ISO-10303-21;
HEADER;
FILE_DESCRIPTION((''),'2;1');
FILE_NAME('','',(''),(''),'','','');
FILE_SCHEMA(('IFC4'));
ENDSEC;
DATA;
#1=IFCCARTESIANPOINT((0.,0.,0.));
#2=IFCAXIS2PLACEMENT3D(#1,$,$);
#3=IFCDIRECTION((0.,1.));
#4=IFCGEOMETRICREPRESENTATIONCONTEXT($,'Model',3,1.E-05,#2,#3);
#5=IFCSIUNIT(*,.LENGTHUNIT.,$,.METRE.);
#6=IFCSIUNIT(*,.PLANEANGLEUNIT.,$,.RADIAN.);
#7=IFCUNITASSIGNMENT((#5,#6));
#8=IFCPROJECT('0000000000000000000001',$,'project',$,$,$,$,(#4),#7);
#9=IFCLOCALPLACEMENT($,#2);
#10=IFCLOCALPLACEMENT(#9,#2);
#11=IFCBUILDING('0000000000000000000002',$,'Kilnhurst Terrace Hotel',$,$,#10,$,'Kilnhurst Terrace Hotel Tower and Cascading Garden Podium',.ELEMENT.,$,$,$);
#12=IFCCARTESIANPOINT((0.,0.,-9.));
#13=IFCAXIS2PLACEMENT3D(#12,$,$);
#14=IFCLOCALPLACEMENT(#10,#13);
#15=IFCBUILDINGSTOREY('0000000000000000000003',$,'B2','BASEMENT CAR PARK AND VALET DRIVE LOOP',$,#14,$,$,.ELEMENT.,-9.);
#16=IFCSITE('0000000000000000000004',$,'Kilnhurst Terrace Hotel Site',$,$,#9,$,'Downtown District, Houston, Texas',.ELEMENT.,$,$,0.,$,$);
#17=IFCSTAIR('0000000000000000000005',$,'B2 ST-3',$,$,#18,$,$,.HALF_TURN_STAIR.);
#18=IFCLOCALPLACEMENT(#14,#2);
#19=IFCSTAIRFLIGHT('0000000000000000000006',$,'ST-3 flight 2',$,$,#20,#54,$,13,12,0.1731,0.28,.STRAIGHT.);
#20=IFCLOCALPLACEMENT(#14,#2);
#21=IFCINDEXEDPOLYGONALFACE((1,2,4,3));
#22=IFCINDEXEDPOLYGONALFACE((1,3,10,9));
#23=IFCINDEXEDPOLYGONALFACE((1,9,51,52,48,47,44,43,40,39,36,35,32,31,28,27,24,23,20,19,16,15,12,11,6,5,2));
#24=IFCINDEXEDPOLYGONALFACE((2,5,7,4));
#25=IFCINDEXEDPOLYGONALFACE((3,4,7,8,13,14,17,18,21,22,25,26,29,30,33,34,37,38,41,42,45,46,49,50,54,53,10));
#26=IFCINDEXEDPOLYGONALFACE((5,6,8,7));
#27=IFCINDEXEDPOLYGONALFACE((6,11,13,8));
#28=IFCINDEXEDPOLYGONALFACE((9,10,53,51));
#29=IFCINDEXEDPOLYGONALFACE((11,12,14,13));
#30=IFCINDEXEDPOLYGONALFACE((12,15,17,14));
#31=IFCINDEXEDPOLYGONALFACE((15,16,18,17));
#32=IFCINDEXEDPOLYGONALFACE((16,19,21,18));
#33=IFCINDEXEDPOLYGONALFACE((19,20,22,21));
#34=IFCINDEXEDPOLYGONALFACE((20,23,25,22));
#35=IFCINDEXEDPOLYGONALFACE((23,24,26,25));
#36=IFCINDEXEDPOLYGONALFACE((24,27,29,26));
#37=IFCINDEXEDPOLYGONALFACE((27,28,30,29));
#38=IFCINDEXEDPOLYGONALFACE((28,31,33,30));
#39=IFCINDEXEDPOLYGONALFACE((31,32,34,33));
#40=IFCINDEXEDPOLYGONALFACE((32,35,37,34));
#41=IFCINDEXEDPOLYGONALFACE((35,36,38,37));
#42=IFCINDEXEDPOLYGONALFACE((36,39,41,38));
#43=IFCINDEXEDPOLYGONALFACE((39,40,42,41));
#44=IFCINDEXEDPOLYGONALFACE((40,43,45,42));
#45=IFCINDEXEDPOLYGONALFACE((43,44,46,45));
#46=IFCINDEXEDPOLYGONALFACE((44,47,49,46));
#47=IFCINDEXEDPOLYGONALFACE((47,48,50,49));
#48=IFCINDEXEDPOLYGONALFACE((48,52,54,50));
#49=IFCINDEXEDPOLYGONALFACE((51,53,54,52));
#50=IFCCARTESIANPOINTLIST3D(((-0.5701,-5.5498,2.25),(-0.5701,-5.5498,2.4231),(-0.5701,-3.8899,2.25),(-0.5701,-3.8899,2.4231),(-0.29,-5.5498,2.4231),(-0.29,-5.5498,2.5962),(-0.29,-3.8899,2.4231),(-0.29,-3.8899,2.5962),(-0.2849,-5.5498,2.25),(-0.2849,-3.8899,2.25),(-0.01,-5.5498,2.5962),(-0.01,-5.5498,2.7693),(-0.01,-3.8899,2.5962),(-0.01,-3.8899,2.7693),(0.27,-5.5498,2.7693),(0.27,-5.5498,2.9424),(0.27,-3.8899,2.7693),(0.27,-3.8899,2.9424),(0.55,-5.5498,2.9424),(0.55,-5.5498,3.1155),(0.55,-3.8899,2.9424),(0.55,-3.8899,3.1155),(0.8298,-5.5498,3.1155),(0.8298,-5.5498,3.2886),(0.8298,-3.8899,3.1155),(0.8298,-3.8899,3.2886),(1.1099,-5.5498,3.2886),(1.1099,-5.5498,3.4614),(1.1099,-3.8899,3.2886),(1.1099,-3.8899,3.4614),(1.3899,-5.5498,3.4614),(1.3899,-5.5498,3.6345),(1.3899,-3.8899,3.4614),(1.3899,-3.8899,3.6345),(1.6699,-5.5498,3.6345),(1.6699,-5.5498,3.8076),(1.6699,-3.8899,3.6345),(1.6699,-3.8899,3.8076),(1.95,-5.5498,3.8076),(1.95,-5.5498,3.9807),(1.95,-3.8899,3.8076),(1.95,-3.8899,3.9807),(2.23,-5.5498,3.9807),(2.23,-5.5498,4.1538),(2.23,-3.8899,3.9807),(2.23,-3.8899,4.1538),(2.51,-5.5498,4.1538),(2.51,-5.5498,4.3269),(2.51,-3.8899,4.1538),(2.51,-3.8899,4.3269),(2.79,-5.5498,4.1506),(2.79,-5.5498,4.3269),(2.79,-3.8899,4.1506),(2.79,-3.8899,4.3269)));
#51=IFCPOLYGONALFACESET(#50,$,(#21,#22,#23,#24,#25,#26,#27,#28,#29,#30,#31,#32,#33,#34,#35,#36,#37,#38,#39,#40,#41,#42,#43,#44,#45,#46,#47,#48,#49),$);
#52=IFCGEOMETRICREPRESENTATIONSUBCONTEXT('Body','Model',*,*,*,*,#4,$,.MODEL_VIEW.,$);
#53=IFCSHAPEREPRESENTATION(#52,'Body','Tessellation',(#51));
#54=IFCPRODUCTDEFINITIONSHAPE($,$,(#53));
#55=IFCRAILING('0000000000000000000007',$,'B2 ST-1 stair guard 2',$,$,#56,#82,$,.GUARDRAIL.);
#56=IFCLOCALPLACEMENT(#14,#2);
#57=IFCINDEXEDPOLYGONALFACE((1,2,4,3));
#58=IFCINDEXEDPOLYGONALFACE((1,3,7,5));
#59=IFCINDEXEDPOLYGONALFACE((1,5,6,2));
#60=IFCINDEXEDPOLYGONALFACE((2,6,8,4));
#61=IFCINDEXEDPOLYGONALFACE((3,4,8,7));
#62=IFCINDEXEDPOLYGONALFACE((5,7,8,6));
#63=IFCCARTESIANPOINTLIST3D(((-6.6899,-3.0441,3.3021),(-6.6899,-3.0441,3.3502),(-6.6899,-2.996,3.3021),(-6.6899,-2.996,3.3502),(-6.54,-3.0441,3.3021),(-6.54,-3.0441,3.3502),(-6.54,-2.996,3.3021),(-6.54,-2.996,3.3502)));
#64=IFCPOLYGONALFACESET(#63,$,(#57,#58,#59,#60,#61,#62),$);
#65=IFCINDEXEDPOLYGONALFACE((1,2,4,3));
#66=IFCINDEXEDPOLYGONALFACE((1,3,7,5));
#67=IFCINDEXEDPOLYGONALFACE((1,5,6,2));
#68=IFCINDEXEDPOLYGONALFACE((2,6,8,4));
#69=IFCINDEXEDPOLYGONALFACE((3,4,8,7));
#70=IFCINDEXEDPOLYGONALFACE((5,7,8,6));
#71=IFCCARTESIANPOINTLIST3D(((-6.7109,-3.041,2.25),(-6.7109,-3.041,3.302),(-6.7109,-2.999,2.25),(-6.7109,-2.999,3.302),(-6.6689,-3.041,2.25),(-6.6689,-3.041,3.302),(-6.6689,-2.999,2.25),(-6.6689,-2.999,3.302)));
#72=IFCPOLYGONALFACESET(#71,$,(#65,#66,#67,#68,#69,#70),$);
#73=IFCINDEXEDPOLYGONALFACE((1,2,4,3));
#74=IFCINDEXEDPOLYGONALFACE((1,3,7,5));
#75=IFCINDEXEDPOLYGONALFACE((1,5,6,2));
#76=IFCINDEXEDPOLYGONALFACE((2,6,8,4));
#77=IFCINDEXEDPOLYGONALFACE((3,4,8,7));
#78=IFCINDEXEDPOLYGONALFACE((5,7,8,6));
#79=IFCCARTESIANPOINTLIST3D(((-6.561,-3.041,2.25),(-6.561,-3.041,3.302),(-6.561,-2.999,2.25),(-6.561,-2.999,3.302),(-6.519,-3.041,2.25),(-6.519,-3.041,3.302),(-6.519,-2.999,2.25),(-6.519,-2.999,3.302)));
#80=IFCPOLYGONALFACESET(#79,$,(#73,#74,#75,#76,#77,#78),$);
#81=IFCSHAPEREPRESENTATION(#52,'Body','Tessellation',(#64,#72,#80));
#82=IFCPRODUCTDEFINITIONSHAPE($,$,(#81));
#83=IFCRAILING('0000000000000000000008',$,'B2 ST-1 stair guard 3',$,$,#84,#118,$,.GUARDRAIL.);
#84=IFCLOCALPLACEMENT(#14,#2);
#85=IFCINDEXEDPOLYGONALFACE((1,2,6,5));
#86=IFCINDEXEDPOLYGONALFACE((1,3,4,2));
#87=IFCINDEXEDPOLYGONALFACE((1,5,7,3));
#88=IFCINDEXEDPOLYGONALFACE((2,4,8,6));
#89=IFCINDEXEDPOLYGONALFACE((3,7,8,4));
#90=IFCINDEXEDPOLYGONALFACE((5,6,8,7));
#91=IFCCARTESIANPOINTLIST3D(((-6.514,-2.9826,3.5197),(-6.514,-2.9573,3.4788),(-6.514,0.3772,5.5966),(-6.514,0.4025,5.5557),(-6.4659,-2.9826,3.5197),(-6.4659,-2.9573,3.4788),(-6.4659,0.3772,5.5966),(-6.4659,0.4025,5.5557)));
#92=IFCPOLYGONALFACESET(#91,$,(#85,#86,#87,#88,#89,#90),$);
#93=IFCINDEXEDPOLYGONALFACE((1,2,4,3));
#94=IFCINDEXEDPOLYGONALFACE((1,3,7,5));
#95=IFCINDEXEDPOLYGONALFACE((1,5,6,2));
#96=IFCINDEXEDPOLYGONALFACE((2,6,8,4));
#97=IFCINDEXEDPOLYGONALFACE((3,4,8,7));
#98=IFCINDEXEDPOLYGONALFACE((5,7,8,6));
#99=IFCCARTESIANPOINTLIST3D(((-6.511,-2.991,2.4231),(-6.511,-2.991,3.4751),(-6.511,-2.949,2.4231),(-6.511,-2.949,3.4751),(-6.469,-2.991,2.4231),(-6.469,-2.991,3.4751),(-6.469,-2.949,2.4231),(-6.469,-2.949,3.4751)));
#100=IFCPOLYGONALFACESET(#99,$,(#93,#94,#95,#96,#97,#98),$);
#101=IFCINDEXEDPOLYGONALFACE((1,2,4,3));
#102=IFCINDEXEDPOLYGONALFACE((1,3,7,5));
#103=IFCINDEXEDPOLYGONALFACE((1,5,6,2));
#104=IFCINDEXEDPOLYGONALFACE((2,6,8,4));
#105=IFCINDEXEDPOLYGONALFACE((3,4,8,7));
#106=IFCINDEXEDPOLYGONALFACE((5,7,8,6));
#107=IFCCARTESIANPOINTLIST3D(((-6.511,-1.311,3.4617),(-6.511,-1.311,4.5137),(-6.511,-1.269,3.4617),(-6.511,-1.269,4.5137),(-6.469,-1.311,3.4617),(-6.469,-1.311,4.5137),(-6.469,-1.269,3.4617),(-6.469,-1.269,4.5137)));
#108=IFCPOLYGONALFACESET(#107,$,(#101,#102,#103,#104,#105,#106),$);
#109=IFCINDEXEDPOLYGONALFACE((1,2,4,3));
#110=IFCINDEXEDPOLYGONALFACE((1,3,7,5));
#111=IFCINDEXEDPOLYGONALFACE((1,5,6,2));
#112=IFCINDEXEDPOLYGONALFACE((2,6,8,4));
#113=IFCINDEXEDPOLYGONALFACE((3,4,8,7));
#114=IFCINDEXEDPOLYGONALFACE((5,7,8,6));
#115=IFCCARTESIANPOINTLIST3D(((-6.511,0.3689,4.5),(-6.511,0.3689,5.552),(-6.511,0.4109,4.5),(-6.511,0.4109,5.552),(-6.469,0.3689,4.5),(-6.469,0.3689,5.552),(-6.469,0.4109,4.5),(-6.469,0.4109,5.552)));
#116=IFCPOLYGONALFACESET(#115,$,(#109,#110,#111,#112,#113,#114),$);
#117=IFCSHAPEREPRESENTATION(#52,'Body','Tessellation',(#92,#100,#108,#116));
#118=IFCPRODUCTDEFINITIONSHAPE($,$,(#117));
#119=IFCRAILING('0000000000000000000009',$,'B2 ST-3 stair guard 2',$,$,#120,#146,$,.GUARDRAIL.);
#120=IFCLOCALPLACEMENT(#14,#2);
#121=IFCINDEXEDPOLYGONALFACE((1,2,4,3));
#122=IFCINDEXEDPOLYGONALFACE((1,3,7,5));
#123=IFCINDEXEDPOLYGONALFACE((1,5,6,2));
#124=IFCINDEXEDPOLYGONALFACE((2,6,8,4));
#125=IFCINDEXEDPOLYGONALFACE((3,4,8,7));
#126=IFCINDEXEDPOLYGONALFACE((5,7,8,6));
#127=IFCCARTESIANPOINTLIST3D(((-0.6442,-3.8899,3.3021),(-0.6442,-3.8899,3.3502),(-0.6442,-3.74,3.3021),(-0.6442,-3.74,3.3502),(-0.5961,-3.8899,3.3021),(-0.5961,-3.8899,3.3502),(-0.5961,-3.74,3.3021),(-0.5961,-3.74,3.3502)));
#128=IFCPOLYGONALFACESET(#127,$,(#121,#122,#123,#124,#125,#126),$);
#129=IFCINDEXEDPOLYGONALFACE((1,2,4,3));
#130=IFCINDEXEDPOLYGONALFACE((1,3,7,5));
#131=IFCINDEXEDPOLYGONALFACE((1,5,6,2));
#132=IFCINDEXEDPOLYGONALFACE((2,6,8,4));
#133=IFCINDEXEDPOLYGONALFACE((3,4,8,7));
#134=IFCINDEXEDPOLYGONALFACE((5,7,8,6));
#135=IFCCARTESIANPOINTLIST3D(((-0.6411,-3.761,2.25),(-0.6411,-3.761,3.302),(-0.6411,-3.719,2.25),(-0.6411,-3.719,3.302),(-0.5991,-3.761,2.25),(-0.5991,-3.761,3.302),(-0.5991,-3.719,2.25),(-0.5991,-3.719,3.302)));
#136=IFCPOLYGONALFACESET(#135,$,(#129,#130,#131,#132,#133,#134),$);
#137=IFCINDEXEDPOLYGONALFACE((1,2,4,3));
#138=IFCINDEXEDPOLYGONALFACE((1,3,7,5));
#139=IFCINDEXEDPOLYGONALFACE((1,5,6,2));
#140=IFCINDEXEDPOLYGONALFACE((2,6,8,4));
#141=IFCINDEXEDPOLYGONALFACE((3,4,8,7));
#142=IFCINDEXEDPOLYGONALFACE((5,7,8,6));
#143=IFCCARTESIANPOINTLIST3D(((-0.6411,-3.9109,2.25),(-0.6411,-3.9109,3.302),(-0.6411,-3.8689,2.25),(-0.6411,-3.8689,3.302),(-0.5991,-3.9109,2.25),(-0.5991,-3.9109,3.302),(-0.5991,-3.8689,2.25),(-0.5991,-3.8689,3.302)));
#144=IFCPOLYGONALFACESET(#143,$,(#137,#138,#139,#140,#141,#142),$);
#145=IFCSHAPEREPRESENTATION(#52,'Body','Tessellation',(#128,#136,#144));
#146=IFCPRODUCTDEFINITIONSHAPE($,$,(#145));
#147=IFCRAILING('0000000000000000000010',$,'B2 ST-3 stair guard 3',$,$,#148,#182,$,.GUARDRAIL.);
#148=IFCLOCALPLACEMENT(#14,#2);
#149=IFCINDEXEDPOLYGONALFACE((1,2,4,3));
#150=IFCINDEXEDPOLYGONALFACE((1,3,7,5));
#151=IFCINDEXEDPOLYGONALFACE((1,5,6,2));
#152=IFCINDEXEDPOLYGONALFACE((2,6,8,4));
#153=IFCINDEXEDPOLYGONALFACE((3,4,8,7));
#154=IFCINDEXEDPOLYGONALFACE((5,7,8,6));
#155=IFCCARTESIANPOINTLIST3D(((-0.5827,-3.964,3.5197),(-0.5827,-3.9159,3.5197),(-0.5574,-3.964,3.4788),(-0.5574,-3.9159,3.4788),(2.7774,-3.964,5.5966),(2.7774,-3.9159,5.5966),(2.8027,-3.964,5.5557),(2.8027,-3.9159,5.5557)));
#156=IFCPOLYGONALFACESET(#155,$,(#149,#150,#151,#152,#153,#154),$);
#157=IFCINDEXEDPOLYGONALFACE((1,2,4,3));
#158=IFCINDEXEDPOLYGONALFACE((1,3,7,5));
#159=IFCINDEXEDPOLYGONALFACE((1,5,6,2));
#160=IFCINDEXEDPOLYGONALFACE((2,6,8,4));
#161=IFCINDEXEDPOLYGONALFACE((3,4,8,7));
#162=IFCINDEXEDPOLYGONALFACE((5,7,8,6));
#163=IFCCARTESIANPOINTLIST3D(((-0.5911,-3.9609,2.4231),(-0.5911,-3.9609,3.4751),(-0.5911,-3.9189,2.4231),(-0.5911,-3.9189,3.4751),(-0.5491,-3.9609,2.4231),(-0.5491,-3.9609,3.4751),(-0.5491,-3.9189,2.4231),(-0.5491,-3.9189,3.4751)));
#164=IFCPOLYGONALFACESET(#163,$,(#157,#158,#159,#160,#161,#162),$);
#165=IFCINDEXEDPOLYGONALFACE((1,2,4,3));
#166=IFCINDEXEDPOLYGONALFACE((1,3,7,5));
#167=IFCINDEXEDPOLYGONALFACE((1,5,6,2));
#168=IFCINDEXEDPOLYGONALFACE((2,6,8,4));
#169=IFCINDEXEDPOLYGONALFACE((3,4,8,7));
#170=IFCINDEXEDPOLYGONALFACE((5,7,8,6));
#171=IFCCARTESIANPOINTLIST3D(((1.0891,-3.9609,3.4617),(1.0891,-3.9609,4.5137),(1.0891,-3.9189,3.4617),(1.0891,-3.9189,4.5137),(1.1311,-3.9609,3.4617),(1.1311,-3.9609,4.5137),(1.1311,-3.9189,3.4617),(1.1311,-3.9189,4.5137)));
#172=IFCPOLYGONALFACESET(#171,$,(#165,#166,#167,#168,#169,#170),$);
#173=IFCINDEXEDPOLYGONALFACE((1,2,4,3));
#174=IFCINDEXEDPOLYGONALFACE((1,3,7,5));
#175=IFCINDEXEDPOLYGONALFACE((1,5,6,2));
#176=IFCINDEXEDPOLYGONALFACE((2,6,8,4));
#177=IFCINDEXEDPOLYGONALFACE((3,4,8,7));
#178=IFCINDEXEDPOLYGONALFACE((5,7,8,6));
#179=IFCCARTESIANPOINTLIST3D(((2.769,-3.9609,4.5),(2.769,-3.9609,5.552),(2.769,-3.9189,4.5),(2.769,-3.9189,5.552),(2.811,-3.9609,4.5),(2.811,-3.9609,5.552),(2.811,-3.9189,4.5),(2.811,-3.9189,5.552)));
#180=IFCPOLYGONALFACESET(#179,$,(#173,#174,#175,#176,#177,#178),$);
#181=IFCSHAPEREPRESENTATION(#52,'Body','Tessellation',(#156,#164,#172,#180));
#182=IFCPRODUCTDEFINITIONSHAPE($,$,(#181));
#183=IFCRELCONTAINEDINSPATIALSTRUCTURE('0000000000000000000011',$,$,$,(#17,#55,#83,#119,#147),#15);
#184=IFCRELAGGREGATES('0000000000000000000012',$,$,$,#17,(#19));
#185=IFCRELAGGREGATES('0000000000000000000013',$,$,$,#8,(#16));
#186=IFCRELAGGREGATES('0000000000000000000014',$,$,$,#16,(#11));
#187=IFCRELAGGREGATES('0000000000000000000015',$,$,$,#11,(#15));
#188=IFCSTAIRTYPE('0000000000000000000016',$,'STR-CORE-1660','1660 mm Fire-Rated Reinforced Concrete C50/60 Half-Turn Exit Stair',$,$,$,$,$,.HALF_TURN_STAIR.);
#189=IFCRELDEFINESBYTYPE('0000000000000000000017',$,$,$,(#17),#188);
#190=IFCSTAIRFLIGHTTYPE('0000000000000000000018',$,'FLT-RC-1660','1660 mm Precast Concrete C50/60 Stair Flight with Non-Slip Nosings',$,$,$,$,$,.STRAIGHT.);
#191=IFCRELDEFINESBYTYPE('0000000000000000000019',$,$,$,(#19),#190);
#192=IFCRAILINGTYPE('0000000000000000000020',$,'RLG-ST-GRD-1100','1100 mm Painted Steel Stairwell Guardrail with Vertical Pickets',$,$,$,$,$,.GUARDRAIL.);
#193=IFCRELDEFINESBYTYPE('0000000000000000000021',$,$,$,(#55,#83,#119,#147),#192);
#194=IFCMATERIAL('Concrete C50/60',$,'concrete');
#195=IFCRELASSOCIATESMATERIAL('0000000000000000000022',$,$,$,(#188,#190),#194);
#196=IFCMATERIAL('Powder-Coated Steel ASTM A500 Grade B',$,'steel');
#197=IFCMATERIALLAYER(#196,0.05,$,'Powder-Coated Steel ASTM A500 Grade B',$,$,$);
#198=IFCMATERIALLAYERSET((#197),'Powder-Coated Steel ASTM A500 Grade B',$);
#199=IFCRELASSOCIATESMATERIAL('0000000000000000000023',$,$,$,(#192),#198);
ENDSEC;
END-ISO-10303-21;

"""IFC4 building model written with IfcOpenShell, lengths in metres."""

from ifc_helpers import new_model, si_unit, direction, frame, origin, origin_2d, place, context, subcontext, project, spatial, polyline, rectangle, outline, extrude, material, layer, layer_set, type_object, element, aggregate, save


model = new_model("IFC4")

# Units and contexts
model_context = context("Model", 3, precision=1e-05, world=origin(), true_north=direction((0.0, 1.0)))
body_context = subcontext(model_context, "Body", "Model", "MODEL_VIEW")
ifc_project = project(units=[si_unit("LENGTHUNIT", "METRE"), si_unit("PLANEANGLEUNIT", "RADIAN")], contexts=[model_context])

# Site, building, storey
site_placement = place(None, origin())
site = spatial("IfcSite", under=ifc_project, at=site_placement, Name="Kilnhurst Terrace Hotel Site", LongName="Downtown District, Houston, Texas", CompositionType="ELEMENT", RefElevation=0.0)
building_placement = place(site_placement, origin())
building = spatial("IfcBuilding", under=site, at=building_placement, Name="Kilnhurst Terrace Hotel", LongName="Kilnhurst Terrace Hotel Tower and Cascading Garden Podium", CompositionType="ELEMENT")
storey_placement = place(building_placement, frame((0.0, 0.0, -9.0)))
storey = spatial("IfcBuildingStorey", under=building, at=storey_placement, Name="B2", Description="BASEMENT CAR PARK AND VALET DRIVE LOOP", CompositionType="ELEMENT", Elevation=-9.0)

# Shared definitions
ifc_material_1 = material(Name="Concrete C50/60", Category="concrete")

# Stair, stair flight
stair_type = type_object("IfcStairType", Name="STR-CORE-1660", Description="1660 mm Fire-Rated Reinforced Concrete C50/60 Half-Turn Exit Stair", PredefinedType="HALF_TURN_STAIR", material=ifc_material_1)
stair_flight_type = type_object("IfcStairFlightType", Name="FLT-RC-1660", Description="1660 mm Precast Concrete C50/60 Stair Flight with Non-Slip Nosings", PredefinedType="STRAIGHT", material=ifc_material_1)
stair_1_placement = place(storey_placement, origin())
stair_1 = element("IfcStair", 1, at=stair_1_placement, inside=storey, type_object=stair_type, Name="B2 ST-3", PredefinedType="HALF_TURN_STAIR")
stair_flight_1_placement = place(storey_placement, frame((-0.5701, -4.72, 2.25), z_axis=(0.0, 0.0, 1.0), x_axis=(1.0, 0.0, 0.0)))
stair_flight_1 = element("IfcStairFlight", 2, at=stair_flight_1_placement, type_object=stair_flight_type, Name="ST-3 flight 2", NumberOfRisers=13, NumberOfTreads=12, PredefinedType="STRAIGHT", RiserHeight=0.1731, TreadLength=0.28, context=body_context, shape_type="SweptSolid", body=[
    extrude(outline(polyline([(0.0, 0.0), (0.0, 0.1731), (0.28, 0.1731), (0.28, 0.3462), (0.5601, 0.3462), (0.5601, 0.5193), (0.8401, 0.5193), (0.8401, 0.6924), (1.1201, 0.6924), (1.1201, 0.8655), (1.3999, 0.8655), (1.3999, 1.0386), (1.6799, 1.0386), (1.6799, 1.2114), (1.96, 1.2114), (1.96, 1.3845), (2.24, 1.3845), (2.24, 1.5576), (2.52, 1.5576), (2.52, 1.7307), (2.8, 1.7307), (2.8, 1.9038), (3.0801, 1.9038), (3.0801, 2.0769), (3.3601, 2.0769), (3.3601, 2.25), (3.3601, 1.9006), (0.2852, 0.0), (0.0, 0.0)])), frame((0.0, 0.8301, 0.0), z_axis=(0.0, -1.0, 0.0), x_axis=(1.0, 0.0, 0.0)), (0.0, 0.0, 1.0), 1.6599),
])
aggregate(stair_1, [stair_flight_1])

# Railings
ifc_material_2 = material(Name="Powder-Coated Steel ASTM A500 Grade B", Category="steel")
ifc_layer_1 = layer(ifc_material_2, 0.05, Name="Powder-Coated Steel ASTM A500 Grade B")
ifc_layer_set_1 = layer_set([ifc_layer_1], Name="Powder-Coated Steel ASTM A500 Grade B")
railing_type_1 = type_object("IfcRailingType", Name="RLG-ST-GRD-1100", Description="1100 mm Painted Steel Stairwell Guardrail with Vertical Pickets", PredefinedType="GUARDRAIL", material=ifc_layer_set_1)
railing_1_placement = place(storey_placement, frame((-6.6899, -3.02, 2.25)))
element("IfcRailing", 3, at=railing_1_placement, inside=storey, type_object=railing_type_1, Name="B2 ST-1 stair guard 2", PredefinedType="GUARDRAIL", context=body_context, shape_type="SweptSolid", body=[
    extrude(rectangle(XDim=0.0481, YDim=0.0481, at=origin_2d()), frame((0.0, 0.0, 1.0762), z_axis=(1.0, 0.0, 0.0), x_axis=(0.0, 1.0, 0.0)), (0.0, 0.0, 1.0), 0.1499),
    extrude(rectangle(XDim=0.042, YDim=0.042, at=origin_2d()), origin(), (0.0, 0.0, 1.0), 1.052),
    extrude(rectangle(XDim=0.042, YDim=0.042, at=origin_2d()), frame((0.1499, 0.0, 0.0)), (0.0, 0.0, 1.0), 1.052),
])
railing_2_placement = place(storey_placement, frame((-6.49, -2.97, 2.4231)))
element("IfcRailing", 4, at=railing_2_placement, inside=storey, type_object=railing_type_1, Name="B2 ST-1 stair guard 3", PredefinedType="GUARDRAIL", context=body_context, shape_type="SweptSolid", body=[
    extrude(rectangle(XDim=0.0481, YDim=0.0481, at=origin_2d()), frame((0.0, 0.0, 1.0762), z_axis=(0.0, 0.850606, 0.525803), x_axis=(-1.0, 0.0, 0.0)), (0.0, 0.0, 1.0), 3.95),
    extrude(rectangle(XDim=0.042, YDim=0.042, at=origin_2d()), origin(), (0.0, 0.0, 1.0), 1.052),
    extrude(rectangle(XDim=0.042, YDim=0.042, at=origin_2d()), frame((0.0, 1.6799, 1.0386)), (0.0, 0.0, 1.0), 1.052),
    extrude(rectangle(XDim=0.042, YDim=0.042, at=origin_2d()), frame((0.0, 3.3599, 2.0769)), (0.0, 0.0, 1.0), 1.052),
])
railing_3_placement = place(storey_placement, frame((-0.6201, -3.74, 2.25)))
element("IfcRailing", 5, at=railing_3_placement, inside=storey, type_object=railing_type_1, Name="B2 ST-3 stair guard 2", PredefinedType="GUARDRAIL", context=body_context, shape_type="SweptSolid", body=[
    extrude(rectangle(XDim=0.0481, YDim=0.0481, at=origin_2d()), frame((0.0, 0.0, 1.0762), z_axis=(0.0, -1.0, 0.0), x_axis=(1.0, 0.0, 0.0)), (0.0, 0.0, 1.0), 0.1499),
    extrude(rectangle(XDim=0.042, YDim=0.042, at=origin_2d()), origin(), (0.0, 0.0, 1.0), 1.052),
    extrude(rectangle(XDim=0.042, YDim=0.042, at=origin_2d()), frame((0.0, -0.1499, 0.0)), (0.0, 0.0, 1.0), 1.052),
])
railing_4_placement = place(storey_placement, frame((-0.5701, -3.9399, 2.4231)))
element("IfcRailing", 6, at=railing_4_placement, inside=storey, type_object=railing_type_1, Name="B2 ST-3 stair guard 3", PredefinedType="GUARDRAIL", context=body_context, shape_type="SweptSolid", body=[
    extrude(rectangle(XDim=0.0481, YDim=0.0481, at=origin_2d()), frame((0.0, 0.0, 1.0762), z_axis=(0.850623, 0.0, 0.525776), x_axis=(0.0, 1.0, 0.0)), (0.0, 0.0, 1.0), 3.9502),
    extrude(rectangle(XDim=0.042, YDim=0.042, at=origin_2d()), origin(), (0.0, 0.0, 1.0), 1.052),
    extrude(rectangle(XDim=0.042, YDim=0.042, at=origin_2d()), frame((1.6802, 0.0, 1.0386)), (0.0, 0.0, 1.0), 1.052),
    extrude(rectangle(XDim=0.042, YDim=0.042, at=origin_2d()), frame((3.3601, 0.0, 2.0769)), (0.0, 0.0, 1.0), 1.052),
])

save(model, "model.ifc")
